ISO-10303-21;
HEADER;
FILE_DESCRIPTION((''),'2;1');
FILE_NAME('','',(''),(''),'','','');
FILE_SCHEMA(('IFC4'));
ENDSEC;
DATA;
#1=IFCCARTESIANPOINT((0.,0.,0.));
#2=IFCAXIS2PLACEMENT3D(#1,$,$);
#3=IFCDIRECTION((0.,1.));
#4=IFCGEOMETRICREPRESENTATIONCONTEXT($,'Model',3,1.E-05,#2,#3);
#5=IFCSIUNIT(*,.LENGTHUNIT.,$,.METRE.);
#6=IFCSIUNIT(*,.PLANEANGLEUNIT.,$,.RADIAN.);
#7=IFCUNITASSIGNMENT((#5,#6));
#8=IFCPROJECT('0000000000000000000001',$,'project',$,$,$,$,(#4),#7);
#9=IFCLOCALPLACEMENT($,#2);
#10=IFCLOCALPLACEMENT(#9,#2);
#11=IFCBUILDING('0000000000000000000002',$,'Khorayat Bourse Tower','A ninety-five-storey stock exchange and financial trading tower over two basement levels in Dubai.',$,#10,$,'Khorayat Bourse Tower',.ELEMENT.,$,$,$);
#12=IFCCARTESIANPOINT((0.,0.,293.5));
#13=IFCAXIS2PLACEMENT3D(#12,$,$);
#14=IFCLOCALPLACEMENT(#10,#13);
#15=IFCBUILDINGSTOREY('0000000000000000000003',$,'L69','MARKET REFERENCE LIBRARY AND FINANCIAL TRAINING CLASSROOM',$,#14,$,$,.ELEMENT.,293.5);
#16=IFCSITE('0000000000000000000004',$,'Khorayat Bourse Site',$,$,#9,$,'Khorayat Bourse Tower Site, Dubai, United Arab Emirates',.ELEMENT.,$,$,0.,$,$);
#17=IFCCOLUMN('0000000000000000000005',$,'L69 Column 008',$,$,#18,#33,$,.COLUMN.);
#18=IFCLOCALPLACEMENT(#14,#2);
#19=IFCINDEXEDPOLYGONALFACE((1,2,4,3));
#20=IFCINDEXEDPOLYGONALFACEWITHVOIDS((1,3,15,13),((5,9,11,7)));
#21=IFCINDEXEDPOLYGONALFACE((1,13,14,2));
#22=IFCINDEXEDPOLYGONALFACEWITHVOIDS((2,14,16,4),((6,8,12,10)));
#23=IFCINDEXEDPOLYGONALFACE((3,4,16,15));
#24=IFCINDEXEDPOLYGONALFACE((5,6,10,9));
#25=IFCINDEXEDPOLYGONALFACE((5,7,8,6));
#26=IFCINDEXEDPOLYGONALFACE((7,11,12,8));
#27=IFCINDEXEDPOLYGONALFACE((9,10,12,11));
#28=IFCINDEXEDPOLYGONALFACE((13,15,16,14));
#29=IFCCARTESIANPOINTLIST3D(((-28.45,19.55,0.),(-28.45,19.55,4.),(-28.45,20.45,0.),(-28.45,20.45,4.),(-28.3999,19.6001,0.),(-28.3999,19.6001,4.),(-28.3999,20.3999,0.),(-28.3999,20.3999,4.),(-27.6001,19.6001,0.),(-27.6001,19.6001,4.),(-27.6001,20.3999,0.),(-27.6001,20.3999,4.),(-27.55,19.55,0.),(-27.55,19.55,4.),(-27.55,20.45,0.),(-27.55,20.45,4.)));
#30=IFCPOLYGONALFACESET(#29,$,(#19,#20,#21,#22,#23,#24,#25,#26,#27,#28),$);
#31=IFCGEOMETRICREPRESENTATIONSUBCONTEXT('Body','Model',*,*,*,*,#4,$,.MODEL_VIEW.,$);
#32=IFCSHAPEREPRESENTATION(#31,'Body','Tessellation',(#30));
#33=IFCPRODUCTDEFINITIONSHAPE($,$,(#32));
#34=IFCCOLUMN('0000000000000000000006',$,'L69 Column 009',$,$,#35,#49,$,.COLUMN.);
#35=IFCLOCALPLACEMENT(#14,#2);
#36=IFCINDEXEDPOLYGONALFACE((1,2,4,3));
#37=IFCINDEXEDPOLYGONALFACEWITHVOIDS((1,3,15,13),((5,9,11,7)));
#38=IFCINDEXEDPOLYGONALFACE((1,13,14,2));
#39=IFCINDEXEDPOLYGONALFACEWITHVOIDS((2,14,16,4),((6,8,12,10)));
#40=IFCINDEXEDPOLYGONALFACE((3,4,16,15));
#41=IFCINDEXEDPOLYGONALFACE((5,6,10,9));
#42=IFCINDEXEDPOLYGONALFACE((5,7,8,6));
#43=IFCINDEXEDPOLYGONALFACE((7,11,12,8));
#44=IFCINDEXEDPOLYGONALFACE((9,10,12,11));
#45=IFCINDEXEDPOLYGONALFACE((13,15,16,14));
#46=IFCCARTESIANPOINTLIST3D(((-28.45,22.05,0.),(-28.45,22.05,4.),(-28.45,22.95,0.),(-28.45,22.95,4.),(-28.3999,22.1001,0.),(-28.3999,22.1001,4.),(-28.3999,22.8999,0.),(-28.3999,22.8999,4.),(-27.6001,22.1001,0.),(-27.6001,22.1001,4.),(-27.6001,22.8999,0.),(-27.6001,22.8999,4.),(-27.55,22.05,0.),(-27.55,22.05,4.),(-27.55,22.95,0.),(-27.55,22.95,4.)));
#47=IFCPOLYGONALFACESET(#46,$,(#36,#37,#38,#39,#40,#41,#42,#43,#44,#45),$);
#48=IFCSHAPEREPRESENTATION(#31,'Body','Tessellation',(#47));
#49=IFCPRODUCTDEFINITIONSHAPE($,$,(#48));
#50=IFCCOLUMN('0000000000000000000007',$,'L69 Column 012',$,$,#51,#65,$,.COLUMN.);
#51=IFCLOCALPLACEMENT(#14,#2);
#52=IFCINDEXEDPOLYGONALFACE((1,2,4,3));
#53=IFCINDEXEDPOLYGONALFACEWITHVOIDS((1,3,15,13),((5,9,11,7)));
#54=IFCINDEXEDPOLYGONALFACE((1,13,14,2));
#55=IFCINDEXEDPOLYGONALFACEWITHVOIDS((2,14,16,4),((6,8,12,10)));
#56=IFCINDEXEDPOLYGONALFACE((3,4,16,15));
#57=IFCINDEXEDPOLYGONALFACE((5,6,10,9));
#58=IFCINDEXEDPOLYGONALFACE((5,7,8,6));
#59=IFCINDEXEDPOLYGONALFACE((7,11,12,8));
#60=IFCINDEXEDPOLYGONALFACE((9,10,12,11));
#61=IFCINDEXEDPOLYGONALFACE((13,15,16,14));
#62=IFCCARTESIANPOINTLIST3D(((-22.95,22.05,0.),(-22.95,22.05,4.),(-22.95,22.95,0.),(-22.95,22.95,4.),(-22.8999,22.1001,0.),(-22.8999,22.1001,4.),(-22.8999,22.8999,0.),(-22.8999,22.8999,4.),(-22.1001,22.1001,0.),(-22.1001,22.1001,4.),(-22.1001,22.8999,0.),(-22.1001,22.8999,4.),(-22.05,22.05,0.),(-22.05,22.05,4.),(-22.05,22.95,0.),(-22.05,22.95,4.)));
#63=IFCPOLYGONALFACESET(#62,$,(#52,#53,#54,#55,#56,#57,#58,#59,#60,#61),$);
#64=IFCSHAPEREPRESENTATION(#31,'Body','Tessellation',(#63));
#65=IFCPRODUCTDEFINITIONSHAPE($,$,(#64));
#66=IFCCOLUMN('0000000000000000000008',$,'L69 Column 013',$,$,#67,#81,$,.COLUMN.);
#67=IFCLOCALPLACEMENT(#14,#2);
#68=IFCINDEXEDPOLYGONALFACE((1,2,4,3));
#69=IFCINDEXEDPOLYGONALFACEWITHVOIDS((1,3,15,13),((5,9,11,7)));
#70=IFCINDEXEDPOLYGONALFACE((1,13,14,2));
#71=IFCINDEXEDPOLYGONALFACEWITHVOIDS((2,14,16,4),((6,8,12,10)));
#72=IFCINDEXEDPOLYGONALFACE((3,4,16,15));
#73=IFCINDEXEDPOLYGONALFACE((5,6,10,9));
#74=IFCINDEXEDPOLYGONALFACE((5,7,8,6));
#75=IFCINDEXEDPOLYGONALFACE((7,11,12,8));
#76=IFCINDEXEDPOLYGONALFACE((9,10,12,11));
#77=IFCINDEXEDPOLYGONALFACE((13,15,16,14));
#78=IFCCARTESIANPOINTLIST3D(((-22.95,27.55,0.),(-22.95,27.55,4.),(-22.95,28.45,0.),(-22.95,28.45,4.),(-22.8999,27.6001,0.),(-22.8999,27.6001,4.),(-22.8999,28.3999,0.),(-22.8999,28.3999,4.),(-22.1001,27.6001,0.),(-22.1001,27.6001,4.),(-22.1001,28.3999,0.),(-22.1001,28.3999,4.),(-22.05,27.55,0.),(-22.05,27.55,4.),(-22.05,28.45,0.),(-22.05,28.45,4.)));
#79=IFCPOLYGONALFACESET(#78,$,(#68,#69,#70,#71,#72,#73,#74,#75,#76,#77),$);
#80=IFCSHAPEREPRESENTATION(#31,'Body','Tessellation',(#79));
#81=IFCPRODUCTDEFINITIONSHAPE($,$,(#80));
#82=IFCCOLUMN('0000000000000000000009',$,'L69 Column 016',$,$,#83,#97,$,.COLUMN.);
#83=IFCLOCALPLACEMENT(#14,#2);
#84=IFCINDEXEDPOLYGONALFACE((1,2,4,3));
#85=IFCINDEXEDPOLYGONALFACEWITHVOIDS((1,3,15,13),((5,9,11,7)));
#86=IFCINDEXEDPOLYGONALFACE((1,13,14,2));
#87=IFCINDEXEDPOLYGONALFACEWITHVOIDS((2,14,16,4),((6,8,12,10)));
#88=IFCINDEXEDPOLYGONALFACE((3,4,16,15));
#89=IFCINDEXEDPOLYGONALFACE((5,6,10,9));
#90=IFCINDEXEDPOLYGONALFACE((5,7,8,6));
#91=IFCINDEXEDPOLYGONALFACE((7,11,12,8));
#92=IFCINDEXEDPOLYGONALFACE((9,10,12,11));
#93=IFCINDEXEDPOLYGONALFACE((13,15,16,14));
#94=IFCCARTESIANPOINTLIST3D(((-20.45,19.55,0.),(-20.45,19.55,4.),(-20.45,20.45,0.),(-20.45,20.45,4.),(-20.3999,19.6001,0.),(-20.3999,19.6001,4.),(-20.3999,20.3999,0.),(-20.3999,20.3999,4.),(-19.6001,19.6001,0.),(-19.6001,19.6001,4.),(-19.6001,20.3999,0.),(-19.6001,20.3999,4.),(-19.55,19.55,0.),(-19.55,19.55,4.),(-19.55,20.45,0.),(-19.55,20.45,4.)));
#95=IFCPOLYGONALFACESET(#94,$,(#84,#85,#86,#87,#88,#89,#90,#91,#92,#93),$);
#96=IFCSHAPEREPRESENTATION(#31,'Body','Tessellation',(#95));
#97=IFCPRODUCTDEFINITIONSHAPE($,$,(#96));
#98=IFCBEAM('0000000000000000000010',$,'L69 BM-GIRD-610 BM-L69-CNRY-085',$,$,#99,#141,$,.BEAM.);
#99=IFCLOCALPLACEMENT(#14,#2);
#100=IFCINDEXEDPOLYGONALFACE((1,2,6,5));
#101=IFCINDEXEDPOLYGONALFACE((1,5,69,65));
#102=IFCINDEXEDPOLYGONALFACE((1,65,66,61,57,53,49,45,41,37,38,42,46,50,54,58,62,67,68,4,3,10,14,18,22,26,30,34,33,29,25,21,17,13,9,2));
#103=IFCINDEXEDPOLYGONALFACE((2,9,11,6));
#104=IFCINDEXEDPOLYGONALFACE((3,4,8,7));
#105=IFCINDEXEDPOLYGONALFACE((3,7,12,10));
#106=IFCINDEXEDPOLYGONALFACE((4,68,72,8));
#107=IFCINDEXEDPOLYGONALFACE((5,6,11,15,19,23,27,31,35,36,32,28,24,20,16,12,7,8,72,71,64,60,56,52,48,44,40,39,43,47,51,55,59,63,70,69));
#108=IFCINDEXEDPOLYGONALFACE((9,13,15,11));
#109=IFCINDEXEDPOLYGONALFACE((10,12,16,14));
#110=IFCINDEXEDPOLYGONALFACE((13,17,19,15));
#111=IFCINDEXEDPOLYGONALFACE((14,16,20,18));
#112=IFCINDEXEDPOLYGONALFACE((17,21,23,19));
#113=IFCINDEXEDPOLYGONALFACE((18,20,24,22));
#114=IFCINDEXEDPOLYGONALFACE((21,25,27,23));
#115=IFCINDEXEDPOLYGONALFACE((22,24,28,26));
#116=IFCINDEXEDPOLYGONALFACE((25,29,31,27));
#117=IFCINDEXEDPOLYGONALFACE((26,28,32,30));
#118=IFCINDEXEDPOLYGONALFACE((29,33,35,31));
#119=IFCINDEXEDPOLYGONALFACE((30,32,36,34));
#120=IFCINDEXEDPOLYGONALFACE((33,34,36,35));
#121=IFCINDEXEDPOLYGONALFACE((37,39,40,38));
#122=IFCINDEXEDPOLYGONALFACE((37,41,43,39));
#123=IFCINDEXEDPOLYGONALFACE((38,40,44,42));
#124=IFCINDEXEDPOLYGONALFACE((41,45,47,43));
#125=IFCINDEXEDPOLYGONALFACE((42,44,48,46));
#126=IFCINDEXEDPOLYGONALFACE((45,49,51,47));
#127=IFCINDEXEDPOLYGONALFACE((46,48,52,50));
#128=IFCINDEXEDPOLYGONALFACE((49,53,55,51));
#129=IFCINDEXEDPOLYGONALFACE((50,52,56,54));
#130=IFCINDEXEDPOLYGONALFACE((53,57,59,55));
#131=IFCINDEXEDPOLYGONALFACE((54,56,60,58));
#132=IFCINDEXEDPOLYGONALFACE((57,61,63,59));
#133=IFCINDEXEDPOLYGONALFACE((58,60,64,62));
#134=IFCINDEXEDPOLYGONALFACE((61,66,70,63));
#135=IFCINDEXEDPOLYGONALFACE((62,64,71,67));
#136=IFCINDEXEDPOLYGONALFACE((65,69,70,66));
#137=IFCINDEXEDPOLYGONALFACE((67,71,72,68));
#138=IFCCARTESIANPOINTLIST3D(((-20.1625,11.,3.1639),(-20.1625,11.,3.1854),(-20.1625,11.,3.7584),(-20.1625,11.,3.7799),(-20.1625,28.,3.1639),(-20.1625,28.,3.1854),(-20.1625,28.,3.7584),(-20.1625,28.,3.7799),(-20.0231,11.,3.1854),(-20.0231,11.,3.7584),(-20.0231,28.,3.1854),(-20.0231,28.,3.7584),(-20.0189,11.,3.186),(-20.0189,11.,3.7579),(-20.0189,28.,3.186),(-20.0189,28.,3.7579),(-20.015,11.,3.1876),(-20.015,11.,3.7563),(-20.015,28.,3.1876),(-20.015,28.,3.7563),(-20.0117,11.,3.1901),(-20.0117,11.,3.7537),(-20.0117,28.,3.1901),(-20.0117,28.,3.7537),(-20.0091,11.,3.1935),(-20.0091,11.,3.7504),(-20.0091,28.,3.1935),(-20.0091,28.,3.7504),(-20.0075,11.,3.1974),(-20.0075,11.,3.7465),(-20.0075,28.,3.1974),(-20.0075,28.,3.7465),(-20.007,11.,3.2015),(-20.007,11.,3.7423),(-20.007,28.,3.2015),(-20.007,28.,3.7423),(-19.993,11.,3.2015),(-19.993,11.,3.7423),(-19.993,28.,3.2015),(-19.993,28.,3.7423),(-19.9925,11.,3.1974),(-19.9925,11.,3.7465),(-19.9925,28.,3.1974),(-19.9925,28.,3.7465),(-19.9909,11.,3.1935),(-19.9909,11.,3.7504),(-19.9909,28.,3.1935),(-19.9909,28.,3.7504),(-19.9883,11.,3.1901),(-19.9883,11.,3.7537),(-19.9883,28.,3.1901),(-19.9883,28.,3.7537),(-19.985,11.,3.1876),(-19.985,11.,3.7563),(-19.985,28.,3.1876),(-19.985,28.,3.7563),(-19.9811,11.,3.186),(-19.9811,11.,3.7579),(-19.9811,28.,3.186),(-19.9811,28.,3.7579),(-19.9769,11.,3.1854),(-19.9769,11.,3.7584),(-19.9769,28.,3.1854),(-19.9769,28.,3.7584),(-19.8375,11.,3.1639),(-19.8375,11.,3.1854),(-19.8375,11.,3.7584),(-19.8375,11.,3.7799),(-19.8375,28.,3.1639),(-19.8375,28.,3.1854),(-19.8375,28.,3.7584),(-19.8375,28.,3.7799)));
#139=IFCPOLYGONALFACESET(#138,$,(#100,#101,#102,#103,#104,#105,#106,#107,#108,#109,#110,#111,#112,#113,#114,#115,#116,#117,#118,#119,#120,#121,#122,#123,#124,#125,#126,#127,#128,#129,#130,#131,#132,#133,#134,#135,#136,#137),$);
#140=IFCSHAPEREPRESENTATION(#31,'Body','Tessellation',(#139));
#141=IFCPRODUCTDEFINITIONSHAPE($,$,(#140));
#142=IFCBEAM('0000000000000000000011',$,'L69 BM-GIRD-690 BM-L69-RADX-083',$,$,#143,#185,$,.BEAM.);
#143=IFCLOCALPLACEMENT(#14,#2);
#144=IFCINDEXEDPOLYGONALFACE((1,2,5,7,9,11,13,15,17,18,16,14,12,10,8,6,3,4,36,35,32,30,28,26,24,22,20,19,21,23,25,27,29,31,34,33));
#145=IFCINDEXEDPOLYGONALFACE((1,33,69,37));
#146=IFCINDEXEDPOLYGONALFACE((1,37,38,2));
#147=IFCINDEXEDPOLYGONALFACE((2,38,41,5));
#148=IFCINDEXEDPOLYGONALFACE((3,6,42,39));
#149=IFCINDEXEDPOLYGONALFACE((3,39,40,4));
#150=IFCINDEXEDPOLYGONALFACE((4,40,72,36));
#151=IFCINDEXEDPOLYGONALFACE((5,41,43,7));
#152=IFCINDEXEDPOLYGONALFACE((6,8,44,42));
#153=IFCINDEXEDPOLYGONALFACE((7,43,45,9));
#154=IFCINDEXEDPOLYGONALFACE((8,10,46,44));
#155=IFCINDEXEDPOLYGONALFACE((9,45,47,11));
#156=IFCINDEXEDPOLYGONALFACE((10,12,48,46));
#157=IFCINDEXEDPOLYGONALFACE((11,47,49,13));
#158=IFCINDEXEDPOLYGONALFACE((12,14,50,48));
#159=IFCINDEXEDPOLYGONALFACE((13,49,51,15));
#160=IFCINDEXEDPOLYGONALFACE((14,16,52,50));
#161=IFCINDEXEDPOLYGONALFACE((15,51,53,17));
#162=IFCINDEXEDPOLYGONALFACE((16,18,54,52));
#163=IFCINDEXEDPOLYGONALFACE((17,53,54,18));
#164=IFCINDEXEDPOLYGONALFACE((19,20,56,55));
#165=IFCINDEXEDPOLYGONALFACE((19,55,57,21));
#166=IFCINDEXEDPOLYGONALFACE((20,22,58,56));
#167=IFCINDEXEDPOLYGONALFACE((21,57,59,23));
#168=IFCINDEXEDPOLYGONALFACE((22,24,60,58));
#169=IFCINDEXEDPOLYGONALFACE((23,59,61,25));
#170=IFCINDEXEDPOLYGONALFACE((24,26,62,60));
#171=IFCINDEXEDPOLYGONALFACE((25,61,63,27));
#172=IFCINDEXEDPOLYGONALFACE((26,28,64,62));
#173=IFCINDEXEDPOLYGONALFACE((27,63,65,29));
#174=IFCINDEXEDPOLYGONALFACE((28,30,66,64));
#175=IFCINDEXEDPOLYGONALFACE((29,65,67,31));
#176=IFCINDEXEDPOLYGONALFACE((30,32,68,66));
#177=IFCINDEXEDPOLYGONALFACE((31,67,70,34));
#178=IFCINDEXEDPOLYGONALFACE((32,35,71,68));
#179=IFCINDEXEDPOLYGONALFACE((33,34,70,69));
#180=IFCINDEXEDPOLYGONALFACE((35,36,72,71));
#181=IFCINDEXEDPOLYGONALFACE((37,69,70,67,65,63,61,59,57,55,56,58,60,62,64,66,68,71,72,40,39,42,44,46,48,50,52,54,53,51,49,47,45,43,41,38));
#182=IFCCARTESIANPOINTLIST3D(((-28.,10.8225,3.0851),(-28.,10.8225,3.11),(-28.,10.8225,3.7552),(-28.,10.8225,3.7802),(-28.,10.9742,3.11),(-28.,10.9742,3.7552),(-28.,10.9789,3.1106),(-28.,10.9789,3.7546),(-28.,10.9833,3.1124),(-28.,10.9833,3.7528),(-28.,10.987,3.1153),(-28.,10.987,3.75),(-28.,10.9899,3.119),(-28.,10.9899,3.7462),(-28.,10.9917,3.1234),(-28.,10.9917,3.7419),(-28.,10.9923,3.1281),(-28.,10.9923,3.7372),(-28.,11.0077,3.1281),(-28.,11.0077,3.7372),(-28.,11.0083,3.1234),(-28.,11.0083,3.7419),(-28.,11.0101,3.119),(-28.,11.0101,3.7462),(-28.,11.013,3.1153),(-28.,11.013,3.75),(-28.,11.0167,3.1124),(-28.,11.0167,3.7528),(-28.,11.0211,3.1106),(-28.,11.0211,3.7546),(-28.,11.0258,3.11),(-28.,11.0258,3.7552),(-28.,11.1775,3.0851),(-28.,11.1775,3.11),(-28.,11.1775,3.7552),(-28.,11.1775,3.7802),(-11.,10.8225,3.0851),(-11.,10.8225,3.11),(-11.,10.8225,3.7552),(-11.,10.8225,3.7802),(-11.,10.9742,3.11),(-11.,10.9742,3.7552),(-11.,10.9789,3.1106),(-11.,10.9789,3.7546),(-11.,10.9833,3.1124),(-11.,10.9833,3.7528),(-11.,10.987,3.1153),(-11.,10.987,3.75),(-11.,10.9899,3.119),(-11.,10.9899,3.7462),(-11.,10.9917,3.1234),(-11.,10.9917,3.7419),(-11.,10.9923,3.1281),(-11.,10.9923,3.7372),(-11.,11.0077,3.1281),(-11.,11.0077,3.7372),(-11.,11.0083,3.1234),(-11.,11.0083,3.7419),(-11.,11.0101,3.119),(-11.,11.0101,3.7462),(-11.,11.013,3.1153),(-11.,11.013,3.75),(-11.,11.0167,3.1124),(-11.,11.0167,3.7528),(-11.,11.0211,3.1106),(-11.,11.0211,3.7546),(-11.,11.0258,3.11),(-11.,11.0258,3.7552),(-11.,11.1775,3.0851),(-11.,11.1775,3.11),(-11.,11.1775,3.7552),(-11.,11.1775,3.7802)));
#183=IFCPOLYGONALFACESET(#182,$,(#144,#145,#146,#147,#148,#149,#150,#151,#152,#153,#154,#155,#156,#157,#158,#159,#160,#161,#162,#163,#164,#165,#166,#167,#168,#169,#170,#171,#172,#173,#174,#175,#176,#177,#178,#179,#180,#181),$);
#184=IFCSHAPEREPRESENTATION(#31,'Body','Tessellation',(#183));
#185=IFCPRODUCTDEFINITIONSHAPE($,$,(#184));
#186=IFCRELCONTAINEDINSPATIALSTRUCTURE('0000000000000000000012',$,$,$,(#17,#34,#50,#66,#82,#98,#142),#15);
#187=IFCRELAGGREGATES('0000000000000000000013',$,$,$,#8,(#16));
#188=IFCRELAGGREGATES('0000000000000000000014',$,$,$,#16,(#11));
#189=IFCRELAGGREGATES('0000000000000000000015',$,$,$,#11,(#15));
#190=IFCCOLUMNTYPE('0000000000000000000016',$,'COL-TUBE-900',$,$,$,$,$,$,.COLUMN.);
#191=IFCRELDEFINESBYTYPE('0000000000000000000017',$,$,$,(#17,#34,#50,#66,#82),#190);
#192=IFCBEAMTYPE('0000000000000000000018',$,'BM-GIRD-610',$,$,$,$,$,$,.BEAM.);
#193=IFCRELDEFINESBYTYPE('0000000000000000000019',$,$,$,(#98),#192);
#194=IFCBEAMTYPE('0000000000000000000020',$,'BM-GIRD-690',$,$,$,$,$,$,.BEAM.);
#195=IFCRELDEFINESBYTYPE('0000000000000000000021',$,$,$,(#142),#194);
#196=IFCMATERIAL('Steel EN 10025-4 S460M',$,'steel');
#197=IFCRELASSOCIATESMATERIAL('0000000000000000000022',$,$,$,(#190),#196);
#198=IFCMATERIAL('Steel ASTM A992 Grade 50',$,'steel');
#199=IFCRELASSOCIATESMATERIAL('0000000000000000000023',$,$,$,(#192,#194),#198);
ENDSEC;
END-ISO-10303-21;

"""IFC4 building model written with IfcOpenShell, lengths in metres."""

from ifc_helpers import new_model, si_unit, direction, frame, origin, origin_2d, place, context, subcontext, project, spatial, hollow_rectangle, i_section, extrude, source, transform, mapped, material, material_profile, profile_set, type_object, element, save


model = new_model("IFC4")

# Units and contexts
model_context = context("Model", 3, precision=1e-05, world=origin(), true_north=direction((0.0, 1.0)))
body_context = subcontext(model_context, "Body", "Model", "MODEL_VIEW")
ifc_project = project(units=[si_unit("LENGTHUNIT", "METRE"), si_unit("PLANEANGLEUNIT", "RADIAN")], contexts=[model_context])

# Site, building, storey
site_placement = place(None, origin())
site = spatial("IfcSite", under=ifc_project, at=site_placement, Name="Khorayat Bourse Site", LongName="Khorayat Bourse Tower Site, Dubai, United Arab Emirates", CompositionType="ELEMENT", RefElevation=0.0)
building_placement = place(site_placement, origin())
building = spatial("IfcBuilding", under=site, at=building_placement, Name="Khorayat Bourse Tower", Description="A ninety-five-storey stock exchange and financial trading tower over two basement levels in Dubai.", LongName="Khorayat Bourse Tower", CompositionType="ELEMENT")
storey_placement = place(building_placement, frame((0.0, 0.0, 293.5)))
storey = spatial("IfcBuildingStorey", under=building, at=storey_placement, Name="L69", Description="MARKET REFERENCE LIBRARY AND FINANCIAL TRAINING CLASSROOM", CompositionType="ELEMENT", Elevation=293.5)

# Columns
ifc_material_1 = material(Name="Steel EN 10025-4 S460M", Category="steel")
ifc_material_profile_1 = material_profile(ifc_material_1, hollow_rectangle(XDim=0.8999, YDim=0.8999, WallThickness=0.05, at=origin_2d()), Name="BOX 900x900x50")
ifc_profile_set_1 = profile_set([ifc_material_profile_1], Name="Steel EN 10025-4 S460M")
column_type = type_object("IfcColumnType", Name="COL-TUBE-900", PredefinedType="COLUMN", material=ifc_profile_set_1)
shared_shape_1 = source(origin(), body_context, "Body", "SweptSolid", [
    extrude(hollow_rectangle(XDim=0.8999, YDim=0.8999, WallThickness=0.05, at=origin_2d()), origin(), (0.0, 0.0, 1.0), 4.0),
])
for number, where, z_axis, x_axis, name in (
    (1, (-28.0, 20.0, 0.0), (0.0, 0.0, 1.0), (1.0, 0.0, 0.0), "L69 Column 008"),
    (2, (-28.0, 22.5, 0.0), (0.0, 0.0, 1.0), (1.0, 0.0, 0.0), "L69 Column 009"),
    (3, (-22.5, 22.5, 0.0), (0.0, 0.0, 1.0), (1.0, 0.0, 0.0), "L69 Column 012"),
    (4, (-22.5, 28.0, 0.0), (0.0, 0.0, 1.0), (1.0, 0.0, 0.0), "L69 Column 013"),
    (5, (-20.0, 20.0, 0.0), (0.0, 0.0, 1.0), (1.0, 0.0, 0.0), "L69 Column 016"),
):
    element("IfcColumn", number, at=place(storey_placement, frame(where, z_axis=z_axis, x_axis=x_axis)), inside=storey, type_object=column_type, Name=name, PredefinedType="COLUMN", context=body_context, shape_type="MappedRepresentation", body=[
        mapped(shared_shape_1, transform((0.0, 0.0, 0.0), scale=1.0)),
    ])

# Beams
ifc_material_2 = material(Name="Steel ASTM A992 Grade 50", Category="steel")
ifc_material_profile_2 = material_profile(ifc_material_2, i_section(OverallWidth=0.325, OverallDepth=0.616, WebThickness=0.0139, FlangeThickness=0.0215, FilletRadius=0.0161, at=origin_2d()), Name="W610X174")
ifc_profile_set_2 = profile_set([ifc_material_profile_2], Name="Steel ASTM A992 Grade 50")
beam_type_1 = type_object("IfcBeamType", Name="BM-GIRD-610", PredefinedType="BEAM", material=ifc_profile_set_2)
shared_shape_2 = source(origin(), body_context, "Body", "SweptSolid", [
    extrude(i_section(OverallWidth=0.325, OverallDepth=0.616, WebThickness=0.0139, FlangeThickness=0.0215, FilletRadius=0.0161, at=origin_2d()), origin(), (0.0, 0.0, 1.0), 17.0),
])
beam_1_placement = place(storey_placement, frame((-20.0, 11.0, 3.4719), z_axis=(0.0, 1.0, 0.0), x_axis=(-1.0, 0.0, 0.0)))
element("IfcBeam", 6, at=beam_1_placement, inside=storey, type_object=beam_type_1, Name="L69 BM-GIRD-610 BM-L69-CNRY-085", PredefinedType="BEAM", context=body_context, shape_type="MappedRepresentation", body=[
    mapped(shared_shape_2, transform((0.0, 0.0, 0.0), scale=1.0)),
])
ifc_material_profile_3 = material_profile(ifc_material_2, i_section(OverallWidth=0.355, OverallDepth=0.6951, WebThickness=0.0154, FlangeThickness=0.0249, FilletRadius=0.0181, at=origin_2d()), Name="W690X217")
ifc_profile_set_3 = profile_set([ifc_material_profile_3], Name="Steel ASTM A992 Grade 50")
beam_type_2 = type_object("IfcBeamType", Name="BM-GIRD-690", PredefinedType="BEAM", material=ifc_profile_set_3)
shared_shape_3 = source(origin(), body_context, "Body", "SweptSolid", [
    extrude(i_section(OverallWidth=0.355, OverallDepth=0.6951, WebThickness=0.0154, FlangeThickness=0.0249, FilletRadius=0.0181, at=origin_2d()), origin(), (0.0, 0.0, 1.0), 17.0),
])
beam_2_placement = place(storey_placement, frame((-28.0, 11.0, 3.4326), z_axis=(1.0, 0.0, 0.0), x_axis=(0.0, 1.0, 0.0)))
element("IfcBeam", 7, at=beam_2_placement, inside=storey, type_object=beam_type_2, Name="L69 BM-GIRD-690 BM-L69-RADX-083", PredefinedType="BEAM", context=body_context, shape_type="MappedRepresentation", body=[
    mapped(shared_shape_3, transform((0.0, 0.0, 0.0), scale=1.0)),
])

save(model, "model.ifc")
